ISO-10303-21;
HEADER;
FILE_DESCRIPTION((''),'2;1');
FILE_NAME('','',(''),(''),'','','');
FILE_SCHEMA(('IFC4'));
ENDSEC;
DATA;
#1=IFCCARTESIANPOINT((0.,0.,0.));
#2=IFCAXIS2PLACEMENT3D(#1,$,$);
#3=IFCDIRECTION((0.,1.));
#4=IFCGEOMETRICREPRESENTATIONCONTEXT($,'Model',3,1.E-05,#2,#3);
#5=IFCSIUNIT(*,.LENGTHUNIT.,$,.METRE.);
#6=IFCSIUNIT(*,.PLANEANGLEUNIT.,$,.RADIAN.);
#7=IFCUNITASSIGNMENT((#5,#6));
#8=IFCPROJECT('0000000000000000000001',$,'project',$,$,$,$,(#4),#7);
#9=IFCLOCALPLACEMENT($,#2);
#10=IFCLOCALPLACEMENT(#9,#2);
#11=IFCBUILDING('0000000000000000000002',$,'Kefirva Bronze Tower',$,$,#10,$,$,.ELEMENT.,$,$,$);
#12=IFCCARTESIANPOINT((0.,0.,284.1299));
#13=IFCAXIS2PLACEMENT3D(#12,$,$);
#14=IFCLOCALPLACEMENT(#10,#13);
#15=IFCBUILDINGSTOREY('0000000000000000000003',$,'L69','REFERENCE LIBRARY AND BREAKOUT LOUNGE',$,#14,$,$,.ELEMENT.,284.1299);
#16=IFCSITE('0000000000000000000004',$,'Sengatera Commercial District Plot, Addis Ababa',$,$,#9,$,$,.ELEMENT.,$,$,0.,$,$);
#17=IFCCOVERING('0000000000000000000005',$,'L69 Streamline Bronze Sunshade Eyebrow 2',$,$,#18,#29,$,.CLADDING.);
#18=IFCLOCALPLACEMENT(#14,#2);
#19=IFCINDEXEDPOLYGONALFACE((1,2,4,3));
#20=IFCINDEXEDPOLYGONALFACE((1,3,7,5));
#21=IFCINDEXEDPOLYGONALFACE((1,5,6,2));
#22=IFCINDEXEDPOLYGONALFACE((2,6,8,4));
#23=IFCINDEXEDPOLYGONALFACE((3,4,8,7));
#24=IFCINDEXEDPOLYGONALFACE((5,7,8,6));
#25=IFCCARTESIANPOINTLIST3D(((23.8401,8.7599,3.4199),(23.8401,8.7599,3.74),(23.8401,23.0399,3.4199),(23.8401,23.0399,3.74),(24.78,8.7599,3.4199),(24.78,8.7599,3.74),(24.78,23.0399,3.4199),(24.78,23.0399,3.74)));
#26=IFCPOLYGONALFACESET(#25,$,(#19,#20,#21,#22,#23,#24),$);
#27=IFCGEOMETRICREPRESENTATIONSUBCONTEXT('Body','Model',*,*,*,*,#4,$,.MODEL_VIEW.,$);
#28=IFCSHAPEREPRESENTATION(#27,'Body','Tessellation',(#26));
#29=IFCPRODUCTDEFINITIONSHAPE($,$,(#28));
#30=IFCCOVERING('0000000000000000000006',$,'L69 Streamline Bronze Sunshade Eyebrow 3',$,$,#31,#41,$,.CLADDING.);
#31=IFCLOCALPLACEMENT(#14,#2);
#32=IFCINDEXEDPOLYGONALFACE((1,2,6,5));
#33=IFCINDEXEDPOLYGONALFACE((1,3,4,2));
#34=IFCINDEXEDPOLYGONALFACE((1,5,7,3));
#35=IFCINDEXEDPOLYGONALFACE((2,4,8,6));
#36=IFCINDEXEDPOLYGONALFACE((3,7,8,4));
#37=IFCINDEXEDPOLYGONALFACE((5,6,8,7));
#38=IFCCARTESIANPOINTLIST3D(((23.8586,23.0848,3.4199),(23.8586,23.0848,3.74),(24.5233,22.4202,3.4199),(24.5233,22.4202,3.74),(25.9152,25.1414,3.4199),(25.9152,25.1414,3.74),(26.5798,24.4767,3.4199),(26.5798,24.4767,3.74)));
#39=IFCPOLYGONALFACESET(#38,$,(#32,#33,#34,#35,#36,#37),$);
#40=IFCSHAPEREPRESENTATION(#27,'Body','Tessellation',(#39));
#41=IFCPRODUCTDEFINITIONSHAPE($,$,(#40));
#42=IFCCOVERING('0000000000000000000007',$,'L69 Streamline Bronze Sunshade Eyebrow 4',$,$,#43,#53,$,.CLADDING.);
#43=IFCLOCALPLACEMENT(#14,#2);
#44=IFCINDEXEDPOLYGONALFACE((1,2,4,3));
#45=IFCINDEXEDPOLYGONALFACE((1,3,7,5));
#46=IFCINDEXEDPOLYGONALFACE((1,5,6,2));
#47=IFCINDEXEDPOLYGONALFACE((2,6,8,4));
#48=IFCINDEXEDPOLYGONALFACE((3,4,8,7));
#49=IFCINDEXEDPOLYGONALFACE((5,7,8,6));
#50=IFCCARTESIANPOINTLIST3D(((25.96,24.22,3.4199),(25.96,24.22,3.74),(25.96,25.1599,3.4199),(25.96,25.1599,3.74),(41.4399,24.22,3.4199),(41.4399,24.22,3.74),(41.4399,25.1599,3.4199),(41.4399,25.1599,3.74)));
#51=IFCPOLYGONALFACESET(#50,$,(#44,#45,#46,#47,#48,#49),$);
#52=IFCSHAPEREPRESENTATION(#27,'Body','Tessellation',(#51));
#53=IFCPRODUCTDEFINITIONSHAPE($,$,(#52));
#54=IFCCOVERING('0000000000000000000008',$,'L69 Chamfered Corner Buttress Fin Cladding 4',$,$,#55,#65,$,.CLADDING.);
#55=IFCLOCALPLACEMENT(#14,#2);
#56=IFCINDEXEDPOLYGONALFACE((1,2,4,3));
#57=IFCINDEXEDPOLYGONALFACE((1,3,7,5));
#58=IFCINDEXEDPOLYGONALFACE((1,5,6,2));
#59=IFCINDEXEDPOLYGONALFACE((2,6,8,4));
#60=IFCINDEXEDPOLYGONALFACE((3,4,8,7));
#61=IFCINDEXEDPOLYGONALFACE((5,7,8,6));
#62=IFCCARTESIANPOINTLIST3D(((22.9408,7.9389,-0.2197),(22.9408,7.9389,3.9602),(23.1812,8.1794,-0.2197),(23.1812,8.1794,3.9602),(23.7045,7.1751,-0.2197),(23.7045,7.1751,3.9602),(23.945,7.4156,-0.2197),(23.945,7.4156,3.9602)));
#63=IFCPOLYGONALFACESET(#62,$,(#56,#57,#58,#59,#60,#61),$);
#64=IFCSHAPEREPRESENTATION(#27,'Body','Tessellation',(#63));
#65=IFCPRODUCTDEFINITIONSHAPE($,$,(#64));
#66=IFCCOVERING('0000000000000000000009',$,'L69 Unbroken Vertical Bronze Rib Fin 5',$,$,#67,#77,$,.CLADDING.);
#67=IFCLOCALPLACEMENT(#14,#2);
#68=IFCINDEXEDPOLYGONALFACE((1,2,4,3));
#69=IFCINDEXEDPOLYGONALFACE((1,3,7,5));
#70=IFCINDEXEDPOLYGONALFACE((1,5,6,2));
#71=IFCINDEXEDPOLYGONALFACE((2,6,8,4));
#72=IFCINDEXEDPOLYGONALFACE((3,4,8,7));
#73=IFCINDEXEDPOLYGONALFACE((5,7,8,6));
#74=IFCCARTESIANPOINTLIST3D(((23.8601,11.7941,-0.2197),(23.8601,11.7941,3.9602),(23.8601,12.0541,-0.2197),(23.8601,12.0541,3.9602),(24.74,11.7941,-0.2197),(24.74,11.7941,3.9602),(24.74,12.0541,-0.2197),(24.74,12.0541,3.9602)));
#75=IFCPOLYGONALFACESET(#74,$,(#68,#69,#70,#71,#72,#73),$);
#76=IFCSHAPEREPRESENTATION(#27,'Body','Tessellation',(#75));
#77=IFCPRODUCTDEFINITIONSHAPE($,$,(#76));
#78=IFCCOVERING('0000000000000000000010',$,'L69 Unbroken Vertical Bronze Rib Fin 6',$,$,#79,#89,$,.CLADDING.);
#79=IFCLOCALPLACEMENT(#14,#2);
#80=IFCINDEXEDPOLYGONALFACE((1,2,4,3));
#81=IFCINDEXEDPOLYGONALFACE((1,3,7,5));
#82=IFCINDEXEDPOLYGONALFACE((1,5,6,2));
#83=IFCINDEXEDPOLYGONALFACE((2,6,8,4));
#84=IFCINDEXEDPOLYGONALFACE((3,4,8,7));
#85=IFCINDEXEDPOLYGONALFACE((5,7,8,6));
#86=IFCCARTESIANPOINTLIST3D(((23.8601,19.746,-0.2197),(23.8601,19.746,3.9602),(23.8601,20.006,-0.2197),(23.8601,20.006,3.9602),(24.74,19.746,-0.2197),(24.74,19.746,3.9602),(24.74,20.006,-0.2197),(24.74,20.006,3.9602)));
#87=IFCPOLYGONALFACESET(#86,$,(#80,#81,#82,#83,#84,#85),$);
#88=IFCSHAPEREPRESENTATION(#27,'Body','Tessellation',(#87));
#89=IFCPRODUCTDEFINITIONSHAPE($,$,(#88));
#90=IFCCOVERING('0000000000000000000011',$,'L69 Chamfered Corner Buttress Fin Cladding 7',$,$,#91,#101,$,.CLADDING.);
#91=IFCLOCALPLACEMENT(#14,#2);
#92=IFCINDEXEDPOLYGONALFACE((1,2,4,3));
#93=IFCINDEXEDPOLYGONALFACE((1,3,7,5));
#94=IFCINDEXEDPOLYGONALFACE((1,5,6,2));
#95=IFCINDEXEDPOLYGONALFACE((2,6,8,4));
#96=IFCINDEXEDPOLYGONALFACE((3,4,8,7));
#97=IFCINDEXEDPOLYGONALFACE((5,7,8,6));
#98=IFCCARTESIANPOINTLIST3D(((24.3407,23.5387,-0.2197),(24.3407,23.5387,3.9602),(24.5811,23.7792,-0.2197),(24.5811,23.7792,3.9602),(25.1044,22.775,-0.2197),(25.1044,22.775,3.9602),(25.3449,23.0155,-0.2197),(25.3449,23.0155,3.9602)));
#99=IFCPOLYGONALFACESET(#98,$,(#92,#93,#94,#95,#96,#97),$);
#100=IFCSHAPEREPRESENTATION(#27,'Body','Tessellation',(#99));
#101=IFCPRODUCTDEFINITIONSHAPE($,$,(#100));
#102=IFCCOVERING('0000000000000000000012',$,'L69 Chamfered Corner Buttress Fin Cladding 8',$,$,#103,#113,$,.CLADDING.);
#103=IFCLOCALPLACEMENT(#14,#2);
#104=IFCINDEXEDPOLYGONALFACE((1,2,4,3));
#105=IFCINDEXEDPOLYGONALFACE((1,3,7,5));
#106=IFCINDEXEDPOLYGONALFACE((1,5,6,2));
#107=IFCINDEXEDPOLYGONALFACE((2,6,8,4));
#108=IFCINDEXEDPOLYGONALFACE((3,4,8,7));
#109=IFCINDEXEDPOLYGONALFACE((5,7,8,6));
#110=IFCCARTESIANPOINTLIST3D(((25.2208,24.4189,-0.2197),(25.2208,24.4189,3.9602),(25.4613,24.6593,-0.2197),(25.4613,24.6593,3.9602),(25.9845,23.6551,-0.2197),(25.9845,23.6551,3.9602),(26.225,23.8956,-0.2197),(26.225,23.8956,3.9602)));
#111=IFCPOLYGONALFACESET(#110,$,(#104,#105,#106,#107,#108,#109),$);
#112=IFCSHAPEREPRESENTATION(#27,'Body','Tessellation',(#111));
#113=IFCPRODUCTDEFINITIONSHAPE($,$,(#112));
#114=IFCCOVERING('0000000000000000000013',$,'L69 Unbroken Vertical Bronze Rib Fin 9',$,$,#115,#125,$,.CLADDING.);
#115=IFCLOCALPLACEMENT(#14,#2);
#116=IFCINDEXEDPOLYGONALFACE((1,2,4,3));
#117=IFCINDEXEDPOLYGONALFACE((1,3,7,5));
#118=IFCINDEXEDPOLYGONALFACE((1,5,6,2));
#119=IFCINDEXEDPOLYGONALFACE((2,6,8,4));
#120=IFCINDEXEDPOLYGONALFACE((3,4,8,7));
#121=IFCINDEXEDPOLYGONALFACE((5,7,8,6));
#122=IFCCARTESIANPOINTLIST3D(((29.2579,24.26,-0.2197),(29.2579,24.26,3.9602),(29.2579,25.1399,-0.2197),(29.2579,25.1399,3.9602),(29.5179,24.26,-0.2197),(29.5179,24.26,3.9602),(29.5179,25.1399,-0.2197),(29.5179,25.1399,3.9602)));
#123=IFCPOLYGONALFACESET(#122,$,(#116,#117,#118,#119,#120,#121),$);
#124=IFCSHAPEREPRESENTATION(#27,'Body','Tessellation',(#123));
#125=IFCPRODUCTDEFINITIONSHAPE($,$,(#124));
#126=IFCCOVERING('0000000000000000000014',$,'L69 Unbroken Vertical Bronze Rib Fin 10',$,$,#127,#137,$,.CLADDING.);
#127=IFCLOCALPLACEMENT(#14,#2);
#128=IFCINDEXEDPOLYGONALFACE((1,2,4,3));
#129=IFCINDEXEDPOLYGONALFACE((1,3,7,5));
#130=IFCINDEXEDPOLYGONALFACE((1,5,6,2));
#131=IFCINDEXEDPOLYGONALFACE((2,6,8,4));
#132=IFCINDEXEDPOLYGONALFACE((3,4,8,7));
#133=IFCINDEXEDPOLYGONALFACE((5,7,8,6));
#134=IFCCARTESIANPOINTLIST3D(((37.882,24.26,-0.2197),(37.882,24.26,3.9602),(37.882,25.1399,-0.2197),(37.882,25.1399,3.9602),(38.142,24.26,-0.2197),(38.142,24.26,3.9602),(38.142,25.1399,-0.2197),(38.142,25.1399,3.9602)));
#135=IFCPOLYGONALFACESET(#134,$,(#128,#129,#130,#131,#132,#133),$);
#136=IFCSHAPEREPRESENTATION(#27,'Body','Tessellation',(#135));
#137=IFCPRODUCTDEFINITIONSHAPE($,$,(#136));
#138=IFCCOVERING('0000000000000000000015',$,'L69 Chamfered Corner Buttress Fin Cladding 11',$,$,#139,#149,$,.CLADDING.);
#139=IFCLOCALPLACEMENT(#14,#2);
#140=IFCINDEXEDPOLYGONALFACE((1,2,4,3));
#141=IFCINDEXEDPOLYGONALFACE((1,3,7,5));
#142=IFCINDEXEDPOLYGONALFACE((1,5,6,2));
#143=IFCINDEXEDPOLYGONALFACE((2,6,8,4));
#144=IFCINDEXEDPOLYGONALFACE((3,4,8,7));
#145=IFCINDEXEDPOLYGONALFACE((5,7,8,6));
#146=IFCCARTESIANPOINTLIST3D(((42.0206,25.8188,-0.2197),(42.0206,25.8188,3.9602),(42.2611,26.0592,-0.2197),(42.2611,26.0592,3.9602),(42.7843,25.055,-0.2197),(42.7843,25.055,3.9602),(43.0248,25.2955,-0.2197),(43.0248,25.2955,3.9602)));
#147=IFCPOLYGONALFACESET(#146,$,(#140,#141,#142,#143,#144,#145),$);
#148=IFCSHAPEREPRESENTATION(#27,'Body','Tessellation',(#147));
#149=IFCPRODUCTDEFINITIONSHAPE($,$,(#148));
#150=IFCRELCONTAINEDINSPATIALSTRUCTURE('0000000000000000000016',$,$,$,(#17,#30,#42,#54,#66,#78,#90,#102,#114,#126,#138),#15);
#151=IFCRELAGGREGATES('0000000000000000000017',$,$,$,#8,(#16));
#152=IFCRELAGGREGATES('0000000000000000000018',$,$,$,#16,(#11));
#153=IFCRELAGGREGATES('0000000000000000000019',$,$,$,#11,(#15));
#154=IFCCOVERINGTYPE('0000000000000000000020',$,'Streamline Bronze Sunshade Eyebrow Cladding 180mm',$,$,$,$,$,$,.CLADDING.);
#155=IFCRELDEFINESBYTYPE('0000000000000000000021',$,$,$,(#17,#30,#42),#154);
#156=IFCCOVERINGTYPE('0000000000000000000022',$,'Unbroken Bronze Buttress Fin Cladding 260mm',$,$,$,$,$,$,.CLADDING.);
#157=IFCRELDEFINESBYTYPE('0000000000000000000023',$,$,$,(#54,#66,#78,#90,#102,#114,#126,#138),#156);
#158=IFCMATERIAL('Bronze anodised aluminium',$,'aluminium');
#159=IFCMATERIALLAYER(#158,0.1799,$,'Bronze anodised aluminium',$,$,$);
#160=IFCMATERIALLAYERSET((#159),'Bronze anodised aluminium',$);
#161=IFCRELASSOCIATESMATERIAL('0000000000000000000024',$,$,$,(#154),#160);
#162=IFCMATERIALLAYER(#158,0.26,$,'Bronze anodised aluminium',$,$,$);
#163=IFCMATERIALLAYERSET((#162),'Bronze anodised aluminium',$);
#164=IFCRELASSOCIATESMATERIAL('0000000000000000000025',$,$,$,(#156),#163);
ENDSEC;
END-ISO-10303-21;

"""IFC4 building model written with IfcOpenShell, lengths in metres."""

from ifc_helpers import new_model, si_unit, direction, frame, origin, origin_2d, place, context, subcontext, project, spatial, rectangle, extrude, material, layer, layer_set, type_object, element, save


model = new_model("IFC4")

# Units and contexts
model_context = context("Model", 3, precision=1e-05, world=origin(), true_north=direction((0.0, 1.0)))
body_context = subcontext(model_context, "Body", "Model", "MODEL_VIEW")
ifc_project = project(units=[si_unit("LENGTHUNIT", "METRE"), si_unit("PLANEANGLEUNIT", "RADIAN")], contexts=[model_context])

# Site, building, storey
site_placement = place(None, origin())
site = spatial("IfcSite", under=ifc_project, at=site_placement, Name="Sengatera Commercial District Plot, Addis Ababa", CompositionType="ELEMENT", RefElevation=0.0)
building_placement = place(site_placement, origin())
building = spatial("IfcBuilding", under=site, at=building_placement, Name="Kefirva Bronze Tower", CompositionType="ELEMENT")
storey_placement = place(building_placement, frame((0.0, 0.0, 284.1299)))
storey = spatial("IfcBuildingStorey", under=building, at=storey_placement, Name="L69", Description="REFERENCE LIBRARY AND BREAKOUT LOUNGE", CompositionType="ELEMENT", Elevation=284.1299)

# Shared definitions
ifc_material_1 = material(Name="Bronze anodised aluminium", Category="aluminium")

# Coverings
ifc_layer_1 = layer(ifc_material_1, 0.1799, Name="Bronze anodised aluminium")
ifc_layer_set_1 = layer_set([ifc_layer_1], Name="Bronze anodised aluminium")
covering_type_1 = type_object("IfcCoveringType", Name="Streamline Bronze Sunshade Eyebrow Cladding 180mm", PredefinedType="CLADDING", material=ifc_layer_set_1)
covering_1_placement = place(storey_placement, frame((24.3101, 15.8999, 3.4199), z_axis=(0.0, 0.0, 1.0), x_axis=(0.0, 1.0, 0.0)))
element("IfcCovering", 1, at=covering_1_placement, inside=storey, type_object=covering_type_1, Name="L69 Streamline Bronze Sunshade Eyebrow 2", PredefinedType="CLADDING", context=body_context, shape_type="SweptSolid", body=[
    extrude(rectangle(XDim=14.28, YDim=0.9399, at=origin_2d()), origin(), (0.0, 0.0, 1.0), 0.3201),
])
covering_2_placement = place(storey_placement, frame((25.2192, 23.7808, 3.4199), z_axis=(0.0, 0.0, 1.0), x_axis=(0.707107, 0.707107, 0.0)))
element("IfcCovering", 2, at=covering_2_placement, inside=storey, type_object=covering_type_1, Name="L69 Streamline Bronze Sunshade Eyebrow 3", PredefinedType="CLADDING", context=body_context, shape_type="SweptSolid", body=[
    extrude(rectangle(XDim=2.9084, YDim=0.9399, at=origin_2d()), origin(), (0.0, 0.0, 1.0), 0.3201),
])
covering_3_placement = place(storey_placement, frame((33.7, 24.6899, 3.4199), z_axis=(0.0, 0.0, 1.0), x_axis=(1.0, 0.0, 0.0)))
element("IfcCovering", 3, at=covering_3_placement, inside=storey, type_object=covering_type_1, Name="L69 Streamline Bronze Sunshade Eyebrow 4", PredefinedType="CLADDING", context=body_context, shape_type="SweptSolid", body=[
    extrude(rectangle(XDim=15.48, YDim=0.9399, at=origin_2d()), origin(), (0.0, 0.0, 1.0), 0.3201),
])
ifc_layer_2 = layer(ifc_material_1, 0.26, Name="Bronze anodised aluminium")
ifc_layer_set_2 = layer_set([ifc_layer_2], Name="Bronze anodised aluminium")
covering_type_2 = type_object("IfcCoveringType", Name="Unbroken Bronze Buttress Fin Cladding 260mm", PredefinedType="CLADDING", material=ifc_layer_set_2)
covering_4_placement = place(storey_placement, frame((23.4429, 7.6772, -0.2197), z_axis=(0.0, 0.0, 1.0), x_axis=(0.707107, 0.707107, 0.0)))
element("IfcCovering", 4, at=covering_4_placement, inside=storey, type_object=covering_type_2, Name="L69 Chamfered Corner Buttress Fin Cladding 4", PredefinedType="CLADDING", context=body_context, shape_type="SweptSolid", body=[
    extrude(rectangle(XDim=0.3401, YDim=1.0801, at=origin_2d()), origin(), (0.0, 0.0, 1.0), 4.1799),
])
for number, where, z_axis, x_axis, name in (
    (5, (24.3, 11.9241, -0.2197), (0.0, 0.0, 1.0), (0.0, 1.0, 0.0), "L69 Unbroken Vertical Bronze Rib Fin 5"),
    (6, (24.3, 19.876, -0.2197), (0.0, 0.0, 1.0), (0.0, 1.0, 0.0), "L69 Unbroken Vertical Bronze Rib Fin 6"),
):
    element("IfcCovering", number, at=place(storey_placement, frame(where, z_axis=z_axis, x_axis=x_axis)), inside=storey, type_object=covering_type_2, Name=name, PredefinedType="CLADDING", context=body_context, shape_type="SweptSolid", body=[
        extrude(rectangle(XDim=0.26, YDim=0.8799, at=origin_2d()), origin(), (0.0, 0.0, 1.0), 4.1799),
    ])
for number, where, z_axis, x_axis, name in (
    (7, (24.8428, 23.2771, -0.2197), (0.0, 0.0, 1.0), (0.707107, 0.707107, 0.0), "L69 Chamfered Corner Buttress Fin Cladding 7"),
    (8, (25.7229, 24.1572, -0.2197), (0.0, 0.0, 1.0), (0.707107, 0.707107, 0.0), "L69 Chamfered Corner Buttress Fin Cladding 8"),
):
    element("IfcCovering", number, at=place(storey_placement, frame(where, z_axis=z_axis, x_axis=x_axis)), inside=storey, type_object=covering_type_2, Name=name, PredefinedType="CLADDING", context=body_context, shape_type="SweptSolid", body=[
        extrude(rectangle(XDim=0.3401, YDim=1.0801, at=origin_2d()), origin(), (0.0, 0.0, 1.0), 4.1799),
    ])
for number, where, z_axis, x_axis, name in (
    (9, (29.3879, 24.7, -0.2197), (0.0, 0.0, 1.0), (1.0, 0.0, 0.0), "L69 Unbroken Vertical Bronze Rib Fin 9"),
    (10, (38.012, 24.7, -0.2197), (0.0, 0.0, 1.0), (1.0, 0.0, 0.0), "L69 Unbroken Vertical Bronze Rib Fin 10"),
):
    element("IfcCovering", number, at=place(storey_placement, frame(where, z_axis=z_axis, x_axis=x_axis)), inside=storey, type_object=covering_type_2, Name=name, PredefinedType="CLADDING", context=body_context, shape_type="SweptSolid", body=[
        extrude(rectangle(XDim=0.26, YDim=0.8799, at=origin_2d()), origin(), (0.0, 0.0, 1.0), 4.1799),
    ])
covering_5_placement = place(storey_placement, frame((42.5227, 25.5571, -0.2197), z_axis=(0.0, 0.0, 1.0), x_axis=(0.707107, 0.707107, 0.0)))
element("IfcCovering", 11, at=covering_5_placement, inside=storey, type_object=covering_type_2, Name="L69 Chamfered Corner Buttress Fin Cladding 11", PredefinedType="CLADDING", context=body_context, shape_type="SweptSolid", body=[
    extrude(rectangle(XDim=0.3401, YDim=1.0801, at=origin_2d()), origin(), (0.0, 0.0, 1.0), 4.1799),
])

save(model, "model.ifc")
